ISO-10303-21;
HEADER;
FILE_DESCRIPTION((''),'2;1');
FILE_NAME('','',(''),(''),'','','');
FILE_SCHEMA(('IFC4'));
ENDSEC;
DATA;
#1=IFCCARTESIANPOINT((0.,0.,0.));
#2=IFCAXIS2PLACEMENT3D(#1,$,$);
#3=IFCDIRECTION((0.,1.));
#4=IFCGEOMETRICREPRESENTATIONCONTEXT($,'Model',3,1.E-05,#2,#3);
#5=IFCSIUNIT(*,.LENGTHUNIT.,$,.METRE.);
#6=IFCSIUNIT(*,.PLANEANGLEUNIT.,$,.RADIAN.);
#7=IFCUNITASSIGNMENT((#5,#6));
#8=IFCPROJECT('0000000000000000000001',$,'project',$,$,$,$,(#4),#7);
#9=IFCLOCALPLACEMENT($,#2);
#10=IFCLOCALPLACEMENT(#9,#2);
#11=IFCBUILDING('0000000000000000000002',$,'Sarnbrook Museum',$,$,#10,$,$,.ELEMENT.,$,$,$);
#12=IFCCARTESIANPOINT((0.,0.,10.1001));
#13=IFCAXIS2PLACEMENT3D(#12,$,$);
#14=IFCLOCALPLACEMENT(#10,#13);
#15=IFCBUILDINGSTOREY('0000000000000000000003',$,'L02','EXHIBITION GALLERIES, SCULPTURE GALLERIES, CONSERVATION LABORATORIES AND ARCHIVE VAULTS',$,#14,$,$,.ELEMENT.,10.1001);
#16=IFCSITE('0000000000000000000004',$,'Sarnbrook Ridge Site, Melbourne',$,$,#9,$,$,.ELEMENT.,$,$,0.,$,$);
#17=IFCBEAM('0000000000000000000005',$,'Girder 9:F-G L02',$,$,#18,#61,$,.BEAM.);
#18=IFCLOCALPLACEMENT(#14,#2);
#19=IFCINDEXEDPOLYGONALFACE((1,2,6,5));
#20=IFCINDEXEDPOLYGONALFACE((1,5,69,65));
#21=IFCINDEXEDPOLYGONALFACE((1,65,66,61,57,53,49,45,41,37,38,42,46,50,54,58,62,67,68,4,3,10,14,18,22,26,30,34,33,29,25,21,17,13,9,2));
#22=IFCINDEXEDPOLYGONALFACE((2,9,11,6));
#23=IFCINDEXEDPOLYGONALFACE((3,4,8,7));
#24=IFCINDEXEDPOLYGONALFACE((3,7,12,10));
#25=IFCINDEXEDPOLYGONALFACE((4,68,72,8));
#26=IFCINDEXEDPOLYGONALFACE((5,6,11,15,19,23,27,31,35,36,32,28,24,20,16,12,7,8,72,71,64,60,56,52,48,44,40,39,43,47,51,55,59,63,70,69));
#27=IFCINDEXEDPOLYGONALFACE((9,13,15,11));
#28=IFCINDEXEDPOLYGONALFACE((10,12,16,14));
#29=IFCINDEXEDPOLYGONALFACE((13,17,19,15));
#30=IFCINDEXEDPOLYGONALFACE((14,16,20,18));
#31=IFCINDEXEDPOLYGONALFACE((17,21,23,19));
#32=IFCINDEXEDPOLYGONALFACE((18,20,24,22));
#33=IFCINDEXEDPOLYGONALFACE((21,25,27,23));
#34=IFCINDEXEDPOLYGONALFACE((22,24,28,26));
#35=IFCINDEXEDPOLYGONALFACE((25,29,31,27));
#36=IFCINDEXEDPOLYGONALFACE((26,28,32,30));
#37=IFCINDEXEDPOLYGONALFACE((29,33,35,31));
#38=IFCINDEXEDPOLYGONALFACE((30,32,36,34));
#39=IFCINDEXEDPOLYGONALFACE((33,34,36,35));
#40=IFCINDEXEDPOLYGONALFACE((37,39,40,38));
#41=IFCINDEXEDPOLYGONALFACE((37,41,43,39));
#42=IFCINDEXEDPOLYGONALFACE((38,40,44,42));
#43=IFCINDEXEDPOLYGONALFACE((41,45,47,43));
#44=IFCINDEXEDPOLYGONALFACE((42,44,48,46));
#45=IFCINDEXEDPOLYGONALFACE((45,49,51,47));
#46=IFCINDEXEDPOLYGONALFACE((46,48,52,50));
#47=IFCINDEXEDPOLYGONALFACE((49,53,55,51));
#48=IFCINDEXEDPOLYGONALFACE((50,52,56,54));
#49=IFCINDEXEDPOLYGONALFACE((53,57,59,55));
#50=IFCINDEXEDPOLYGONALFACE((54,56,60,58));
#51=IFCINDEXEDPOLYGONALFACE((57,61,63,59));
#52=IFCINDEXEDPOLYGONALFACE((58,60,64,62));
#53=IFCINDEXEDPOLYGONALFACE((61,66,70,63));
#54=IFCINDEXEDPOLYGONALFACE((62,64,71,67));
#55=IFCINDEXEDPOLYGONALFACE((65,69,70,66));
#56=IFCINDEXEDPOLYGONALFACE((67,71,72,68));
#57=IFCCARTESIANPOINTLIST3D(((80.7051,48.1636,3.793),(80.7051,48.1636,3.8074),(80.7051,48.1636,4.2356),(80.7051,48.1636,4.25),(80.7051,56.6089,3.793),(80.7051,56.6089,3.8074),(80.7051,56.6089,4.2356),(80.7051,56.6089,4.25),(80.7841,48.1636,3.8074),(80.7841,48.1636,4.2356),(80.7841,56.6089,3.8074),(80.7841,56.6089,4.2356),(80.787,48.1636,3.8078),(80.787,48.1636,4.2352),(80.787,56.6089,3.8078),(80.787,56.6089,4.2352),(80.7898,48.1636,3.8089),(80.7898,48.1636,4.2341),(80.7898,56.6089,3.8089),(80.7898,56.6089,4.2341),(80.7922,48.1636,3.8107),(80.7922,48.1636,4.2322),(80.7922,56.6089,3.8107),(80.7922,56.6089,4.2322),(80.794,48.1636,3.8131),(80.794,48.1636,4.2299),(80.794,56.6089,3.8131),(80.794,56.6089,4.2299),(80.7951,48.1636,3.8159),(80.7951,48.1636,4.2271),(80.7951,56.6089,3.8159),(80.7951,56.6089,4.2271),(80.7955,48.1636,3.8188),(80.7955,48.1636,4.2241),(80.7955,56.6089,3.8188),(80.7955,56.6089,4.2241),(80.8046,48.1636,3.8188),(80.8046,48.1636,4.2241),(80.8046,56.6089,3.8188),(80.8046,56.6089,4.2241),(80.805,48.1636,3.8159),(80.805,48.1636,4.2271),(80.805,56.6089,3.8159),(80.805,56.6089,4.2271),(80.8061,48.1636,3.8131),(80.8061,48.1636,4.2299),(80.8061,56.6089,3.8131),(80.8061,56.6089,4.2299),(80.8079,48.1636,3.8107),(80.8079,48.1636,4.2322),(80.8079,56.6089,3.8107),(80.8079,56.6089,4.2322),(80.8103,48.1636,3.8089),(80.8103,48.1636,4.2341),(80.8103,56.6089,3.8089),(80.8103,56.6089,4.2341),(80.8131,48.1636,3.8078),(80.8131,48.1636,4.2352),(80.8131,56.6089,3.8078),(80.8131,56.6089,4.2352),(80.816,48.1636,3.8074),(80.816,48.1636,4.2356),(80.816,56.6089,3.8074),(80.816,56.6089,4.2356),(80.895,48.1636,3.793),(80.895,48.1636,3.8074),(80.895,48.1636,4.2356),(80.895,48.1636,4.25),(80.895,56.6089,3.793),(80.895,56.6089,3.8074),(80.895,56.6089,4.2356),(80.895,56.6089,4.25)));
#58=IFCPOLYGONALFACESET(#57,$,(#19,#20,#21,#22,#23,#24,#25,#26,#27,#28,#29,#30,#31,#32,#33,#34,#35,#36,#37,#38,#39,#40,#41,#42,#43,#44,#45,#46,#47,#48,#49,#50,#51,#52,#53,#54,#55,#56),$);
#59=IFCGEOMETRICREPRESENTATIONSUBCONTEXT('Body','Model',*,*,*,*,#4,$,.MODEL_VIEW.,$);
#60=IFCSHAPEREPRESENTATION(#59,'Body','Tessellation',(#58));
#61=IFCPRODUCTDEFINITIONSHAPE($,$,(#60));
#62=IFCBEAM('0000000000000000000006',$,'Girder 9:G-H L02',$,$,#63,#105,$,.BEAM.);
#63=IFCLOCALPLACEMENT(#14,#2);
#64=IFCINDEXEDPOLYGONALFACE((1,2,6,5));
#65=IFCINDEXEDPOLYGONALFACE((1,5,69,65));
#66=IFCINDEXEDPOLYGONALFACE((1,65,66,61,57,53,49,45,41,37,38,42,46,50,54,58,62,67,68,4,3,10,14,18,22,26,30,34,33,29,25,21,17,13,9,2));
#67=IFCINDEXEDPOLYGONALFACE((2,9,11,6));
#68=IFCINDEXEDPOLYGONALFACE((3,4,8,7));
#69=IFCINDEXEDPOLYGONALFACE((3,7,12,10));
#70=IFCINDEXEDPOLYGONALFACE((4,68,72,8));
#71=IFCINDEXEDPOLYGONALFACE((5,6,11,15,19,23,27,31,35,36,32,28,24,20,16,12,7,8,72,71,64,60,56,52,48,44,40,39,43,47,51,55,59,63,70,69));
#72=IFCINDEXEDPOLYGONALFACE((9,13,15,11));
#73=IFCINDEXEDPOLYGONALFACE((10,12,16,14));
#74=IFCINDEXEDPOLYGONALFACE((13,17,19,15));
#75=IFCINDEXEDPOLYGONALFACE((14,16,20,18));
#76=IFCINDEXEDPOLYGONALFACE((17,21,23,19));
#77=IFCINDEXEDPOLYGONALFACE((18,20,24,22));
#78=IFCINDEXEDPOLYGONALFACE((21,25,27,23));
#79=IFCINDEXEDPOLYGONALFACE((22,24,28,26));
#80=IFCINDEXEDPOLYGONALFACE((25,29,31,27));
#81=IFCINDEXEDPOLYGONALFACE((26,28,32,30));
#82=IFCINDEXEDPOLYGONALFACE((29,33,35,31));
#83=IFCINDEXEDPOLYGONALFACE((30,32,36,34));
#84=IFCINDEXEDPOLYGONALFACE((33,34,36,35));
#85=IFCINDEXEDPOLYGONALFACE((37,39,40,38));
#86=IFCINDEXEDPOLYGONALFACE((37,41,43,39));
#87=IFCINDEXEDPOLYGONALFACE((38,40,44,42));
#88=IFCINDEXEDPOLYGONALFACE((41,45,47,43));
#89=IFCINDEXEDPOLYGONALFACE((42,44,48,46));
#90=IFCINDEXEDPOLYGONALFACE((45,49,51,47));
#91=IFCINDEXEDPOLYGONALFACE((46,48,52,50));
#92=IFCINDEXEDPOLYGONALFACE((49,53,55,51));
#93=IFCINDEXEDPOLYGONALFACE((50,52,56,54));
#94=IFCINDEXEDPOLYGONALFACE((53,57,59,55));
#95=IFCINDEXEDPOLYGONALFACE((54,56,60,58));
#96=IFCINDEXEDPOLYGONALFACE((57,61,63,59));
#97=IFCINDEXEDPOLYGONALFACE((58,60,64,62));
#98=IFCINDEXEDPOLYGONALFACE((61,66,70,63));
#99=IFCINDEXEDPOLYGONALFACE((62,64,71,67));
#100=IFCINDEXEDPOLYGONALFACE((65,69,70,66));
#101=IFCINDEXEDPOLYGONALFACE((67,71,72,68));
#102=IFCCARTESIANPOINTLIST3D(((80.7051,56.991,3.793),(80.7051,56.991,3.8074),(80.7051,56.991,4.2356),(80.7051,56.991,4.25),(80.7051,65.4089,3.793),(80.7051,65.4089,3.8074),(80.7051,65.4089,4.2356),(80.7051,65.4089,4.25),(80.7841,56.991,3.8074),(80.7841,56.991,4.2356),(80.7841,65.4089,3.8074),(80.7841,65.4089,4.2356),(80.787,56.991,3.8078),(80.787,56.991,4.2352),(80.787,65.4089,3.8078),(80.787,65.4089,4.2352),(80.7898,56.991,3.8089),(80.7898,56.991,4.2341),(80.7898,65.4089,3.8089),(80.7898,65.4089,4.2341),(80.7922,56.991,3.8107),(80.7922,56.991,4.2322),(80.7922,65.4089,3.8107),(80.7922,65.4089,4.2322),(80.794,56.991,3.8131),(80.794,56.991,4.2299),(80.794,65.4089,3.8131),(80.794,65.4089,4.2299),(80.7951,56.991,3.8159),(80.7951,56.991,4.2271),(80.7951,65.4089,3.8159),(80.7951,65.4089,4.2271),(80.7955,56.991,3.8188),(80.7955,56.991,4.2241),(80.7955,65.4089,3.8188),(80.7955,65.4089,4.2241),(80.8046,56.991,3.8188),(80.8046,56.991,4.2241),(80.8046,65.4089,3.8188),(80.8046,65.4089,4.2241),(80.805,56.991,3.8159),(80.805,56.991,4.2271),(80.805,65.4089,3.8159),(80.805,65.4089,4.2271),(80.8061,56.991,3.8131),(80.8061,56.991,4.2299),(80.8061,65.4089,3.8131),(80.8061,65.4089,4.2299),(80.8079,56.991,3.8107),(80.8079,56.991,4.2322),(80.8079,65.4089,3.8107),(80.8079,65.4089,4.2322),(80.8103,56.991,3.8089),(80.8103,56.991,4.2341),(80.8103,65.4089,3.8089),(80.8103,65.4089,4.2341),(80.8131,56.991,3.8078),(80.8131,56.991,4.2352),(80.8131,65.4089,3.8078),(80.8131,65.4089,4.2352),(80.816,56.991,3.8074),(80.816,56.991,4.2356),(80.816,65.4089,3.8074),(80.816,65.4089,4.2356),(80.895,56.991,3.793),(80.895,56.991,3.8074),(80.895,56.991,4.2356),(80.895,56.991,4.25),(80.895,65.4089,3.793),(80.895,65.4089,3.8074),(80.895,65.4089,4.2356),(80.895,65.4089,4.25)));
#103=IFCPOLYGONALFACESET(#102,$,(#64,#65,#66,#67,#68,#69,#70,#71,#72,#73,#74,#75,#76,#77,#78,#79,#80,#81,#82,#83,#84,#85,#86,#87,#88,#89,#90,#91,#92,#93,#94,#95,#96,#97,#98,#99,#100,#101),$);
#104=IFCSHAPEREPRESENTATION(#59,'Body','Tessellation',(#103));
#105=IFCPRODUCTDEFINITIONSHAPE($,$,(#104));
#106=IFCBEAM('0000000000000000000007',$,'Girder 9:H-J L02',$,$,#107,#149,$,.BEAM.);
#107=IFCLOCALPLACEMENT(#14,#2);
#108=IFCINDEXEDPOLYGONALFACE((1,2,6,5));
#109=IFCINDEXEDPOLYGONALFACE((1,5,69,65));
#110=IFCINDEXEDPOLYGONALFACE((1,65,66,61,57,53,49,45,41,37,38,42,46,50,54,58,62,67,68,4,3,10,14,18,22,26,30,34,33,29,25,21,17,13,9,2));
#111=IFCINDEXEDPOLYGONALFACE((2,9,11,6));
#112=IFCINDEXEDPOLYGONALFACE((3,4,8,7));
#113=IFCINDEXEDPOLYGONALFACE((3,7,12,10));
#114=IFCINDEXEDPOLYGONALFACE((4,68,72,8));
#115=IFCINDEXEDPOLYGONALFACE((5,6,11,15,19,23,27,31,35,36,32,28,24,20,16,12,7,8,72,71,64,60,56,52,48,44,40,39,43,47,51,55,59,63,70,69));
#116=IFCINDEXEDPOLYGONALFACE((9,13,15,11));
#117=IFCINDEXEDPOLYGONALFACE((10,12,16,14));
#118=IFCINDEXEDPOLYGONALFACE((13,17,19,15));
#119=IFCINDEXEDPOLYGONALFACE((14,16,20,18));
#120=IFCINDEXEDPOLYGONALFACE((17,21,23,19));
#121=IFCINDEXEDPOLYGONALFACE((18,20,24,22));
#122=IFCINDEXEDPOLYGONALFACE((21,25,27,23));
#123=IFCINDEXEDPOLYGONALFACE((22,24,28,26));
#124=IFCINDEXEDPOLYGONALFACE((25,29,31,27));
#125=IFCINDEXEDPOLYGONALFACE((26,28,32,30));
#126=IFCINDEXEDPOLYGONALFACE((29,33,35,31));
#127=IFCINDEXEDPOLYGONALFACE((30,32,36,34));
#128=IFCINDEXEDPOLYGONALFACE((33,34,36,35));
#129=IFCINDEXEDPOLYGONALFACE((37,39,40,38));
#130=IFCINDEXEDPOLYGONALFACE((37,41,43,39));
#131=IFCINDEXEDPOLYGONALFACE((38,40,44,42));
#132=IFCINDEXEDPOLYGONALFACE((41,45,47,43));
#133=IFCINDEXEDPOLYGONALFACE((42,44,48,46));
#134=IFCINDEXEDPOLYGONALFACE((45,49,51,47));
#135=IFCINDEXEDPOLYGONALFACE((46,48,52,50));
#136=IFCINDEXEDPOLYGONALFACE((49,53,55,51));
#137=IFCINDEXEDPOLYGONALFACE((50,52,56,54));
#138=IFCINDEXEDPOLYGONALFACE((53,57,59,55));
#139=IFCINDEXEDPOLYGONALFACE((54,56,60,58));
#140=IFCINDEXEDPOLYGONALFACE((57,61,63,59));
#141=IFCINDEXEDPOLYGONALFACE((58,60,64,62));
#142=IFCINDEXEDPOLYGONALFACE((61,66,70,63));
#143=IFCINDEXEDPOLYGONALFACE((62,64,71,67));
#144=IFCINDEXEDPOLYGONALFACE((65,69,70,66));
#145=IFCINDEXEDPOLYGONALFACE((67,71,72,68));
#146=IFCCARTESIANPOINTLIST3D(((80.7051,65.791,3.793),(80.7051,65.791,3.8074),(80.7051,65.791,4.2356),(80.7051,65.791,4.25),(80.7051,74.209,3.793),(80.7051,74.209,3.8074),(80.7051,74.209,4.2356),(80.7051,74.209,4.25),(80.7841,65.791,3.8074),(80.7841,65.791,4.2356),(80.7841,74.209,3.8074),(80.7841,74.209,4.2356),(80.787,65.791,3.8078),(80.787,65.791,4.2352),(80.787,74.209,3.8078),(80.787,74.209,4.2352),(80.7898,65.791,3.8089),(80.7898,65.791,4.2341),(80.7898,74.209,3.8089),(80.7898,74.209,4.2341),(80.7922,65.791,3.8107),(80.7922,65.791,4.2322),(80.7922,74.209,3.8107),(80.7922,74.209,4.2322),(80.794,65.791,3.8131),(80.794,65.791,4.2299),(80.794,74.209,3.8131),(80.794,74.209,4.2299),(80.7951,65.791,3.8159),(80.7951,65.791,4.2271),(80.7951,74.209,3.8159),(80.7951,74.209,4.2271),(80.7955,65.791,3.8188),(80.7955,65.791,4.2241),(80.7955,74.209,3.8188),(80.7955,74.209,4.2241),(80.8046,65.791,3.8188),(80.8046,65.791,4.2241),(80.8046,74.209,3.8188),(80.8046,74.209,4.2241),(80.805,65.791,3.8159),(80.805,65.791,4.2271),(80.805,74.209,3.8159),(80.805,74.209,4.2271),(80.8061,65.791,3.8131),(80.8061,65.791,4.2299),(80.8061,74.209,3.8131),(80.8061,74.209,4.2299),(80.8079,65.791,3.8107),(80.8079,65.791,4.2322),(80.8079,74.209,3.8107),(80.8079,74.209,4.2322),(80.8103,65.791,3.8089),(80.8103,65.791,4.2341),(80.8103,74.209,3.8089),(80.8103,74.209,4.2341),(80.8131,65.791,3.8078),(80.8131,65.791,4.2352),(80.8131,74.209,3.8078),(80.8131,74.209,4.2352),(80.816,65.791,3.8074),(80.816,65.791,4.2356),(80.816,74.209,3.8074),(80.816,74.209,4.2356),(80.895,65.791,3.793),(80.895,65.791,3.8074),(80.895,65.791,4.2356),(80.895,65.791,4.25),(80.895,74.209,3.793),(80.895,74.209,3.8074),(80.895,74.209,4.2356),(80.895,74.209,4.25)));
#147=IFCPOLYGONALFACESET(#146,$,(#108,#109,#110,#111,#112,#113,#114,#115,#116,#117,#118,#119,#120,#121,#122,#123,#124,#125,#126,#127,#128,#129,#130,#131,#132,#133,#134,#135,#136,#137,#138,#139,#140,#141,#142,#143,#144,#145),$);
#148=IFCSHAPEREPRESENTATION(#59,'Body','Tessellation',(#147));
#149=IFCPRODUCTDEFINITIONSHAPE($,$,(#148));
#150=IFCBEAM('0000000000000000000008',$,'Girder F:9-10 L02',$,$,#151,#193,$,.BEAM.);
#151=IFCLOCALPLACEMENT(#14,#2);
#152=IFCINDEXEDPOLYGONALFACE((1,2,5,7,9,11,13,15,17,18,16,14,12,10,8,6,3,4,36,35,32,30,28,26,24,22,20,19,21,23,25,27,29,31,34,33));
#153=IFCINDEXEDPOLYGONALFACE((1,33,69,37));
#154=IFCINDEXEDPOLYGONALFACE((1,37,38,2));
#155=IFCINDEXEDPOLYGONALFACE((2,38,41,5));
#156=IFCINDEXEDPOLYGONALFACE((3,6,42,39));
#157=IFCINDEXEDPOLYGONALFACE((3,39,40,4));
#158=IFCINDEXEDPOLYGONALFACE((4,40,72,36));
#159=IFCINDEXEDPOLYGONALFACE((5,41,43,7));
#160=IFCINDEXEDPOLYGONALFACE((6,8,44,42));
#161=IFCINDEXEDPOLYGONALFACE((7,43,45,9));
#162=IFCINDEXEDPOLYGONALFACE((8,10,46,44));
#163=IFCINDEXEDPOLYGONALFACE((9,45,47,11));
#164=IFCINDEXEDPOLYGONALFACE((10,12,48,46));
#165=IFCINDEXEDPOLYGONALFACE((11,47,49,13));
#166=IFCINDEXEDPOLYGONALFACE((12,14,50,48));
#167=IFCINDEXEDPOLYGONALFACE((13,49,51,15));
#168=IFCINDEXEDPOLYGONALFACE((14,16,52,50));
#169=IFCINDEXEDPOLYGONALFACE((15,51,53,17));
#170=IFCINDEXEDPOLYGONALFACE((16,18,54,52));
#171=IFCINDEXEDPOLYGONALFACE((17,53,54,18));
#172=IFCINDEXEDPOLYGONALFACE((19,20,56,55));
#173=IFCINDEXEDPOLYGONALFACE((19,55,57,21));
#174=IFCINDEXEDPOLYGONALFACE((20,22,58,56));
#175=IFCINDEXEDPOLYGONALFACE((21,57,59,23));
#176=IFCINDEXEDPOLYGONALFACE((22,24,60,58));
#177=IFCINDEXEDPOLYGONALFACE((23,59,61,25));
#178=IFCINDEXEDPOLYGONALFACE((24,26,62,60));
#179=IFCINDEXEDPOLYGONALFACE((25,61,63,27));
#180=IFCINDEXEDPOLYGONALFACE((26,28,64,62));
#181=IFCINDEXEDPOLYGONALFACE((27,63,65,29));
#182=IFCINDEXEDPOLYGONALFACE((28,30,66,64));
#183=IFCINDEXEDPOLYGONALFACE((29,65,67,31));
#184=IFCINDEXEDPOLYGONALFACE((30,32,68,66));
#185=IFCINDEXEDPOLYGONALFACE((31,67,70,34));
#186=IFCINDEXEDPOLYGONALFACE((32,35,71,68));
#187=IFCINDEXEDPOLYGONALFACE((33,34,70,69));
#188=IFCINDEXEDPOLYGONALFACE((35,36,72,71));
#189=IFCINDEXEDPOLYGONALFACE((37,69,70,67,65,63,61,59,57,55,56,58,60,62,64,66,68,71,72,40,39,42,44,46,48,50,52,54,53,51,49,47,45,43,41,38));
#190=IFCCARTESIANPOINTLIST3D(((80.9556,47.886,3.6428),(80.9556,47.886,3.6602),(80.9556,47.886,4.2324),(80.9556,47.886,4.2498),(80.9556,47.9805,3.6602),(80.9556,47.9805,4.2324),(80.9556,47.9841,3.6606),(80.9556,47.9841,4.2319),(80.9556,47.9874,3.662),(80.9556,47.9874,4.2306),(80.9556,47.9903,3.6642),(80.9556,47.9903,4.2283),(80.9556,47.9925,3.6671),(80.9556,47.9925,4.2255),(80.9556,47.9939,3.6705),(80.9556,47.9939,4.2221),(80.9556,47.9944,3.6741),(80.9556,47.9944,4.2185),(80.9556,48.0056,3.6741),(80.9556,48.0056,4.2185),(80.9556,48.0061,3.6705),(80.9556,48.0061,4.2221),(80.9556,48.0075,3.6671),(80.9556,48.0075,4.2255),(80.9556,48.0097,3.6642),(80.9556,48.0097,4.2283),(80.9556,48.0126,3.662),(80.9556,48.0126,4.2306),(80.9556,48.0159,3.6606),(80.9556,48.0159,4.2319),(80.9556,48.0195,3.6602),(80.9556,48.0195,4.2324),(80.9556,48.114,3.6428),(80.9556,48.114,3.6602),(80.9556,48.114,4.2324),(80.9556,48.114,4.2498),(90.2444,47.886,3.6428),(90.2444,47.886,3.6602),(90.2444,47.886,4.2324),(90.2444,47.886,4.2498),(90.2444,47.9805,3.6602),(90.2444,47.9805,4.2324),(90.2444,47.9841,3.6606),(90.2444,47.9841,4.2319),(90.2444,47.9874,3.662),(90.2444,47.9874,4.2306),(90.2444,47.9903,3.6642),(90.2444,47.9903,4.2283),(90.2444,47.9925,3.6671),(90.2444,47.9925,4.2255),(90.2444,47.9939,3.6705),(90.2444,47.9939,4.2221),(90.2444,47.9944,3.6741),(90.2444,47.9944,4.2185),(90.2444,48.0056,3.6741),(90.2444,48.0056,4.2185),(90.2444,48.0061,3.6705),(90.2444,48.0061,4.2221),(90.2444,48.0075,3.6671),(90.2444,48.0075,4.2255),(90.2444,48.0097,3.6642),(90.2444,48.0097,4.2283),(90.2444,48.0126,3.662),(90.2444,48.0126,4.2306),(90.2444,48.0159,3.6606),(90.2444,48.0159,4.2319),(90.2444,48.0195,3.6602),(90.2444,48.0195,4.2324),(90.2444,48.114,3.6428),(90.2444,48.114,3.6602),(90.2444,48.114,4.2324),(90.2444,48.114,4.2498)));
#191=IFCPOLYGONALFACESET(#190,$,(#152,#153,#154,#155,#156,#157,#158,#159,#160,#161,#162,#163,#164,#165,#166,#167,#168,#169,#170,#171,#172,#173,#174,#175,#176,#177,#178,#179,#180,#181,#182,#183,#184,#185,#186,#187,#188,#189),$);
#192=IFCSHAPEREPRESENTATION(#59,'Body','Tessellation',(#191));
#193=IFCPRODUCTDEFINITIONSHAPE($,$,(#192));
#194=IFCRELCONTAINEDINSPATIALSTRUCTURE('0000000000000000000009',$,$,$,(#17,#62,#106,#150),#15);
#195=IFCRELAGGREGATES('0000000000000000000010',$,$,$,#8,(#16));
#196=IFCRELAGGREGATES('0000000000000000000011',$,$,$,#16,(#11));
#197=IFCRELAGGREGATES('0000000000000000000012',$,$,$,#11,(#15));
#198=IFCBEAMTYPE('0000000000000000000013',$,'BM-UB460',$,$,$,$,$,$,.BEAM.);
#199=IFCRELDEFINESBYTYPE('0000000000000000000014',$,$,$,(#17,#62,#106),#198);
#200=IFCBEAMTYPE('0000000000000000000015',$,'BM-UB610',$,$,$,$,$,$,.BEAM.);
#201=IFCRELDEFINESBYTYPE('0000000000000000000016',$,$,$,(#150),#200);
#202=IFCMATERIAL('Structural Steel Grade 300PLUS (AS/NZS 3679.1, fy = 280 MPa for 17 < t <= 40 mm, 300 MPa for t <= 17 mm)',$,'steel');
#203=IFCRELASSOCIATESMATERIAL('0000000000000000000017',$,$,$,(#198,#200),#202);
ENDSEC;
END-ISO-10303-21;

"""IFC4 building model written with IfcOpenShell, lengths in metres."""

from ifc_helpers import new_model, si_unit, direction, frame, origin, origin_2d, place, context, subcontext, project, spatial, i_section, extrude, material, material_profile, profile_set, type_object, element, save


model = new_model("IFC4")

# Units and contexts
model_context = context("Model", 3, precision=1e-05, world=origin(), true_north=direction((0.0, 1.0)))
body_context = subcontext(model_context, "Body", "Model", "MODEL_VIEW")
ifc_project = project(units=[si_unit("LENGTHUNIT", "METRE"), si_unit("PLANEANGLEUNIT", "RADIAN")], contexts=[model_context])

# Site, building, storey
site_placement = place(None, origin())
site = spatial("IfcSite", under=ifc_project, at=site_placement, Name="Sarnbrook Ridge Site, Melbourne", CompositionType="ELEMENT", RefElevation=0.0)
building_placement = place(site_placement, origin())
building = spatial("IfcBuilding", under=site, at=building_placement, Name="Sarnbrook Museum", CompositionType="ELEMENT")
storey_placement = place(building_placement, frame((0.0, 0.0, 10.1001)))
storey = spatial("IfcBuildingStorey", under=building, at=storey_placement, Name="L02", Description="EXHIBITION GALLERIES, SCULPTURE GALLERIES, CONSERVATION LABORATORIES AND ARCHIVE VAULTS", CompositionType="ELEMENT", Elevation=10.1001)

# Shared definitions
ifc_material_1 = material(Name="Structural Steel Grade 300PLUS (AS/NZS 3679.1, fy = 280 MPa for 17 < t <= 40 mm, 300 MPa for t <= 17 mm)", Category="steel")

# Beams
ifc_material_profile_1 = material_profile(ifc_material_1, i_section(OverallWidth=0.1899, OverallDepth=0.457, WebThickness=0.009, FlangeThickness=0.0144, FilletRadius=0.0115, at=origin_2d()), Name="460UB74.6")
ifc_profile_set_1 = profile_set([ifc_material_profile_1], Name="Structural Steel Grade 300PLUS (AS/NZS 3679.1, fy = 280 MPa for 17 < t <= 40 mm, 300 MPa for t <= 17 mm)")
beam_type_1 = type_object("IfcBeamType", Name="BM-UB460", PredefinedType="BEAM", material=ifc_profile_set_1)
beam_1_placement = place(storey_placement, frame((80.8, 48.1636, 4.0215), z_axis=(0.0, 1.0, 0.0), x_axis=(-1.0, 0.0, 0.0)))
element("IfcBeam", 1, at=beam_1_placement, inside=storey, type_object=beam_type_1, Name="Girder 9:F-G L02", PredefinedType="BEAM", context=body_context, shape_type="SweptSolid", body=[
    extrude(i_section(OverallWidth=0.1899, OverallDepth=0.457, WebThickness=0.009, FlangeThickness=0.0144, FilletRadius=0.0115, at=origin_2d()), origin(), (0.0, 0.0, 1.0), 8.4453),
])
for number, where, z_axis, x_axis, name in (
    (2, (80.8, 56.991, 4.0215), (0.0, 1.0, 0.0), (-1.0, 0.0, 0.0), "Girder 9:G-H L02"),
    (3, (80.8, 65.791, 4.0215), (0.0, 1.0, 0.0), (-1.0, 0.0, 0.0), "Girder 9:H-J L02"),
):
    element("IfcBeam", number, at=place(storey_placement, frame(where, z_axis=z_axis, x_axis=x_axis)), inside=storey, type_object=beam_type_1, Name=name, PredefinedType="BEAM", context=body_context, shape_type="SweptSolid", body=[
        extrude(i_section(OverallWidth=0.1899, OverallDepth=0.457, WebThickness=0.009, FlangeThickness=0.0144, FilletRadius=0.0115, at=origin_2d()), origin(), (0.0, 0.0, 1.0), 8.418),
    ])
ifc_material_profile_2 = material_profile(ifc_material_1, i_section(OverallWidth=0.228, OverallDepth=0.6069, WebThickness=0.0112, FlangeThickness=0.0173, FilletRadius=0.0139, at=origin_2d()), Name="610UB113")
ifc_profile_set_2 = profile_set([ifc_material_profile_2], Name="Structural Steel Grade 300PLUS (AS/NZS 3679.1, fy = 280 MPa for 17 < t <= 40 mm, 300 MPa for t <= 17 mm)")
beam_type_2 = type_object("IfcBeamType", Name="BM-UB610", PredefinedType="BEAM", material=ifc_profile_set_2)
beam_2_placement = place(storey_placement, frame((80.9556, 48.0, 3.9463), z_axis=(1.0, 0.0, 0.0), x_axis=(0.0, 1.0, 0.0)))
element("IfcBeam", 4, at=beam_2_placement, inside=storey, type_object=beam_type_2, Name="Girder F:9-10 L02", PredefinedType="BEAM", context=body_context, shape_type="SweptSolid", body=[
    extrude(i_section(OverallWidth=0.228, OverallDepth=0.6069, WebThickness=0.0112, FlangeThickness=0.0173, FilletRadius=0.0139, at=origin_2d()), origin(), (0.0, 0.0, 1.0), 9.2888),
])

save(model, "model.ifc")
